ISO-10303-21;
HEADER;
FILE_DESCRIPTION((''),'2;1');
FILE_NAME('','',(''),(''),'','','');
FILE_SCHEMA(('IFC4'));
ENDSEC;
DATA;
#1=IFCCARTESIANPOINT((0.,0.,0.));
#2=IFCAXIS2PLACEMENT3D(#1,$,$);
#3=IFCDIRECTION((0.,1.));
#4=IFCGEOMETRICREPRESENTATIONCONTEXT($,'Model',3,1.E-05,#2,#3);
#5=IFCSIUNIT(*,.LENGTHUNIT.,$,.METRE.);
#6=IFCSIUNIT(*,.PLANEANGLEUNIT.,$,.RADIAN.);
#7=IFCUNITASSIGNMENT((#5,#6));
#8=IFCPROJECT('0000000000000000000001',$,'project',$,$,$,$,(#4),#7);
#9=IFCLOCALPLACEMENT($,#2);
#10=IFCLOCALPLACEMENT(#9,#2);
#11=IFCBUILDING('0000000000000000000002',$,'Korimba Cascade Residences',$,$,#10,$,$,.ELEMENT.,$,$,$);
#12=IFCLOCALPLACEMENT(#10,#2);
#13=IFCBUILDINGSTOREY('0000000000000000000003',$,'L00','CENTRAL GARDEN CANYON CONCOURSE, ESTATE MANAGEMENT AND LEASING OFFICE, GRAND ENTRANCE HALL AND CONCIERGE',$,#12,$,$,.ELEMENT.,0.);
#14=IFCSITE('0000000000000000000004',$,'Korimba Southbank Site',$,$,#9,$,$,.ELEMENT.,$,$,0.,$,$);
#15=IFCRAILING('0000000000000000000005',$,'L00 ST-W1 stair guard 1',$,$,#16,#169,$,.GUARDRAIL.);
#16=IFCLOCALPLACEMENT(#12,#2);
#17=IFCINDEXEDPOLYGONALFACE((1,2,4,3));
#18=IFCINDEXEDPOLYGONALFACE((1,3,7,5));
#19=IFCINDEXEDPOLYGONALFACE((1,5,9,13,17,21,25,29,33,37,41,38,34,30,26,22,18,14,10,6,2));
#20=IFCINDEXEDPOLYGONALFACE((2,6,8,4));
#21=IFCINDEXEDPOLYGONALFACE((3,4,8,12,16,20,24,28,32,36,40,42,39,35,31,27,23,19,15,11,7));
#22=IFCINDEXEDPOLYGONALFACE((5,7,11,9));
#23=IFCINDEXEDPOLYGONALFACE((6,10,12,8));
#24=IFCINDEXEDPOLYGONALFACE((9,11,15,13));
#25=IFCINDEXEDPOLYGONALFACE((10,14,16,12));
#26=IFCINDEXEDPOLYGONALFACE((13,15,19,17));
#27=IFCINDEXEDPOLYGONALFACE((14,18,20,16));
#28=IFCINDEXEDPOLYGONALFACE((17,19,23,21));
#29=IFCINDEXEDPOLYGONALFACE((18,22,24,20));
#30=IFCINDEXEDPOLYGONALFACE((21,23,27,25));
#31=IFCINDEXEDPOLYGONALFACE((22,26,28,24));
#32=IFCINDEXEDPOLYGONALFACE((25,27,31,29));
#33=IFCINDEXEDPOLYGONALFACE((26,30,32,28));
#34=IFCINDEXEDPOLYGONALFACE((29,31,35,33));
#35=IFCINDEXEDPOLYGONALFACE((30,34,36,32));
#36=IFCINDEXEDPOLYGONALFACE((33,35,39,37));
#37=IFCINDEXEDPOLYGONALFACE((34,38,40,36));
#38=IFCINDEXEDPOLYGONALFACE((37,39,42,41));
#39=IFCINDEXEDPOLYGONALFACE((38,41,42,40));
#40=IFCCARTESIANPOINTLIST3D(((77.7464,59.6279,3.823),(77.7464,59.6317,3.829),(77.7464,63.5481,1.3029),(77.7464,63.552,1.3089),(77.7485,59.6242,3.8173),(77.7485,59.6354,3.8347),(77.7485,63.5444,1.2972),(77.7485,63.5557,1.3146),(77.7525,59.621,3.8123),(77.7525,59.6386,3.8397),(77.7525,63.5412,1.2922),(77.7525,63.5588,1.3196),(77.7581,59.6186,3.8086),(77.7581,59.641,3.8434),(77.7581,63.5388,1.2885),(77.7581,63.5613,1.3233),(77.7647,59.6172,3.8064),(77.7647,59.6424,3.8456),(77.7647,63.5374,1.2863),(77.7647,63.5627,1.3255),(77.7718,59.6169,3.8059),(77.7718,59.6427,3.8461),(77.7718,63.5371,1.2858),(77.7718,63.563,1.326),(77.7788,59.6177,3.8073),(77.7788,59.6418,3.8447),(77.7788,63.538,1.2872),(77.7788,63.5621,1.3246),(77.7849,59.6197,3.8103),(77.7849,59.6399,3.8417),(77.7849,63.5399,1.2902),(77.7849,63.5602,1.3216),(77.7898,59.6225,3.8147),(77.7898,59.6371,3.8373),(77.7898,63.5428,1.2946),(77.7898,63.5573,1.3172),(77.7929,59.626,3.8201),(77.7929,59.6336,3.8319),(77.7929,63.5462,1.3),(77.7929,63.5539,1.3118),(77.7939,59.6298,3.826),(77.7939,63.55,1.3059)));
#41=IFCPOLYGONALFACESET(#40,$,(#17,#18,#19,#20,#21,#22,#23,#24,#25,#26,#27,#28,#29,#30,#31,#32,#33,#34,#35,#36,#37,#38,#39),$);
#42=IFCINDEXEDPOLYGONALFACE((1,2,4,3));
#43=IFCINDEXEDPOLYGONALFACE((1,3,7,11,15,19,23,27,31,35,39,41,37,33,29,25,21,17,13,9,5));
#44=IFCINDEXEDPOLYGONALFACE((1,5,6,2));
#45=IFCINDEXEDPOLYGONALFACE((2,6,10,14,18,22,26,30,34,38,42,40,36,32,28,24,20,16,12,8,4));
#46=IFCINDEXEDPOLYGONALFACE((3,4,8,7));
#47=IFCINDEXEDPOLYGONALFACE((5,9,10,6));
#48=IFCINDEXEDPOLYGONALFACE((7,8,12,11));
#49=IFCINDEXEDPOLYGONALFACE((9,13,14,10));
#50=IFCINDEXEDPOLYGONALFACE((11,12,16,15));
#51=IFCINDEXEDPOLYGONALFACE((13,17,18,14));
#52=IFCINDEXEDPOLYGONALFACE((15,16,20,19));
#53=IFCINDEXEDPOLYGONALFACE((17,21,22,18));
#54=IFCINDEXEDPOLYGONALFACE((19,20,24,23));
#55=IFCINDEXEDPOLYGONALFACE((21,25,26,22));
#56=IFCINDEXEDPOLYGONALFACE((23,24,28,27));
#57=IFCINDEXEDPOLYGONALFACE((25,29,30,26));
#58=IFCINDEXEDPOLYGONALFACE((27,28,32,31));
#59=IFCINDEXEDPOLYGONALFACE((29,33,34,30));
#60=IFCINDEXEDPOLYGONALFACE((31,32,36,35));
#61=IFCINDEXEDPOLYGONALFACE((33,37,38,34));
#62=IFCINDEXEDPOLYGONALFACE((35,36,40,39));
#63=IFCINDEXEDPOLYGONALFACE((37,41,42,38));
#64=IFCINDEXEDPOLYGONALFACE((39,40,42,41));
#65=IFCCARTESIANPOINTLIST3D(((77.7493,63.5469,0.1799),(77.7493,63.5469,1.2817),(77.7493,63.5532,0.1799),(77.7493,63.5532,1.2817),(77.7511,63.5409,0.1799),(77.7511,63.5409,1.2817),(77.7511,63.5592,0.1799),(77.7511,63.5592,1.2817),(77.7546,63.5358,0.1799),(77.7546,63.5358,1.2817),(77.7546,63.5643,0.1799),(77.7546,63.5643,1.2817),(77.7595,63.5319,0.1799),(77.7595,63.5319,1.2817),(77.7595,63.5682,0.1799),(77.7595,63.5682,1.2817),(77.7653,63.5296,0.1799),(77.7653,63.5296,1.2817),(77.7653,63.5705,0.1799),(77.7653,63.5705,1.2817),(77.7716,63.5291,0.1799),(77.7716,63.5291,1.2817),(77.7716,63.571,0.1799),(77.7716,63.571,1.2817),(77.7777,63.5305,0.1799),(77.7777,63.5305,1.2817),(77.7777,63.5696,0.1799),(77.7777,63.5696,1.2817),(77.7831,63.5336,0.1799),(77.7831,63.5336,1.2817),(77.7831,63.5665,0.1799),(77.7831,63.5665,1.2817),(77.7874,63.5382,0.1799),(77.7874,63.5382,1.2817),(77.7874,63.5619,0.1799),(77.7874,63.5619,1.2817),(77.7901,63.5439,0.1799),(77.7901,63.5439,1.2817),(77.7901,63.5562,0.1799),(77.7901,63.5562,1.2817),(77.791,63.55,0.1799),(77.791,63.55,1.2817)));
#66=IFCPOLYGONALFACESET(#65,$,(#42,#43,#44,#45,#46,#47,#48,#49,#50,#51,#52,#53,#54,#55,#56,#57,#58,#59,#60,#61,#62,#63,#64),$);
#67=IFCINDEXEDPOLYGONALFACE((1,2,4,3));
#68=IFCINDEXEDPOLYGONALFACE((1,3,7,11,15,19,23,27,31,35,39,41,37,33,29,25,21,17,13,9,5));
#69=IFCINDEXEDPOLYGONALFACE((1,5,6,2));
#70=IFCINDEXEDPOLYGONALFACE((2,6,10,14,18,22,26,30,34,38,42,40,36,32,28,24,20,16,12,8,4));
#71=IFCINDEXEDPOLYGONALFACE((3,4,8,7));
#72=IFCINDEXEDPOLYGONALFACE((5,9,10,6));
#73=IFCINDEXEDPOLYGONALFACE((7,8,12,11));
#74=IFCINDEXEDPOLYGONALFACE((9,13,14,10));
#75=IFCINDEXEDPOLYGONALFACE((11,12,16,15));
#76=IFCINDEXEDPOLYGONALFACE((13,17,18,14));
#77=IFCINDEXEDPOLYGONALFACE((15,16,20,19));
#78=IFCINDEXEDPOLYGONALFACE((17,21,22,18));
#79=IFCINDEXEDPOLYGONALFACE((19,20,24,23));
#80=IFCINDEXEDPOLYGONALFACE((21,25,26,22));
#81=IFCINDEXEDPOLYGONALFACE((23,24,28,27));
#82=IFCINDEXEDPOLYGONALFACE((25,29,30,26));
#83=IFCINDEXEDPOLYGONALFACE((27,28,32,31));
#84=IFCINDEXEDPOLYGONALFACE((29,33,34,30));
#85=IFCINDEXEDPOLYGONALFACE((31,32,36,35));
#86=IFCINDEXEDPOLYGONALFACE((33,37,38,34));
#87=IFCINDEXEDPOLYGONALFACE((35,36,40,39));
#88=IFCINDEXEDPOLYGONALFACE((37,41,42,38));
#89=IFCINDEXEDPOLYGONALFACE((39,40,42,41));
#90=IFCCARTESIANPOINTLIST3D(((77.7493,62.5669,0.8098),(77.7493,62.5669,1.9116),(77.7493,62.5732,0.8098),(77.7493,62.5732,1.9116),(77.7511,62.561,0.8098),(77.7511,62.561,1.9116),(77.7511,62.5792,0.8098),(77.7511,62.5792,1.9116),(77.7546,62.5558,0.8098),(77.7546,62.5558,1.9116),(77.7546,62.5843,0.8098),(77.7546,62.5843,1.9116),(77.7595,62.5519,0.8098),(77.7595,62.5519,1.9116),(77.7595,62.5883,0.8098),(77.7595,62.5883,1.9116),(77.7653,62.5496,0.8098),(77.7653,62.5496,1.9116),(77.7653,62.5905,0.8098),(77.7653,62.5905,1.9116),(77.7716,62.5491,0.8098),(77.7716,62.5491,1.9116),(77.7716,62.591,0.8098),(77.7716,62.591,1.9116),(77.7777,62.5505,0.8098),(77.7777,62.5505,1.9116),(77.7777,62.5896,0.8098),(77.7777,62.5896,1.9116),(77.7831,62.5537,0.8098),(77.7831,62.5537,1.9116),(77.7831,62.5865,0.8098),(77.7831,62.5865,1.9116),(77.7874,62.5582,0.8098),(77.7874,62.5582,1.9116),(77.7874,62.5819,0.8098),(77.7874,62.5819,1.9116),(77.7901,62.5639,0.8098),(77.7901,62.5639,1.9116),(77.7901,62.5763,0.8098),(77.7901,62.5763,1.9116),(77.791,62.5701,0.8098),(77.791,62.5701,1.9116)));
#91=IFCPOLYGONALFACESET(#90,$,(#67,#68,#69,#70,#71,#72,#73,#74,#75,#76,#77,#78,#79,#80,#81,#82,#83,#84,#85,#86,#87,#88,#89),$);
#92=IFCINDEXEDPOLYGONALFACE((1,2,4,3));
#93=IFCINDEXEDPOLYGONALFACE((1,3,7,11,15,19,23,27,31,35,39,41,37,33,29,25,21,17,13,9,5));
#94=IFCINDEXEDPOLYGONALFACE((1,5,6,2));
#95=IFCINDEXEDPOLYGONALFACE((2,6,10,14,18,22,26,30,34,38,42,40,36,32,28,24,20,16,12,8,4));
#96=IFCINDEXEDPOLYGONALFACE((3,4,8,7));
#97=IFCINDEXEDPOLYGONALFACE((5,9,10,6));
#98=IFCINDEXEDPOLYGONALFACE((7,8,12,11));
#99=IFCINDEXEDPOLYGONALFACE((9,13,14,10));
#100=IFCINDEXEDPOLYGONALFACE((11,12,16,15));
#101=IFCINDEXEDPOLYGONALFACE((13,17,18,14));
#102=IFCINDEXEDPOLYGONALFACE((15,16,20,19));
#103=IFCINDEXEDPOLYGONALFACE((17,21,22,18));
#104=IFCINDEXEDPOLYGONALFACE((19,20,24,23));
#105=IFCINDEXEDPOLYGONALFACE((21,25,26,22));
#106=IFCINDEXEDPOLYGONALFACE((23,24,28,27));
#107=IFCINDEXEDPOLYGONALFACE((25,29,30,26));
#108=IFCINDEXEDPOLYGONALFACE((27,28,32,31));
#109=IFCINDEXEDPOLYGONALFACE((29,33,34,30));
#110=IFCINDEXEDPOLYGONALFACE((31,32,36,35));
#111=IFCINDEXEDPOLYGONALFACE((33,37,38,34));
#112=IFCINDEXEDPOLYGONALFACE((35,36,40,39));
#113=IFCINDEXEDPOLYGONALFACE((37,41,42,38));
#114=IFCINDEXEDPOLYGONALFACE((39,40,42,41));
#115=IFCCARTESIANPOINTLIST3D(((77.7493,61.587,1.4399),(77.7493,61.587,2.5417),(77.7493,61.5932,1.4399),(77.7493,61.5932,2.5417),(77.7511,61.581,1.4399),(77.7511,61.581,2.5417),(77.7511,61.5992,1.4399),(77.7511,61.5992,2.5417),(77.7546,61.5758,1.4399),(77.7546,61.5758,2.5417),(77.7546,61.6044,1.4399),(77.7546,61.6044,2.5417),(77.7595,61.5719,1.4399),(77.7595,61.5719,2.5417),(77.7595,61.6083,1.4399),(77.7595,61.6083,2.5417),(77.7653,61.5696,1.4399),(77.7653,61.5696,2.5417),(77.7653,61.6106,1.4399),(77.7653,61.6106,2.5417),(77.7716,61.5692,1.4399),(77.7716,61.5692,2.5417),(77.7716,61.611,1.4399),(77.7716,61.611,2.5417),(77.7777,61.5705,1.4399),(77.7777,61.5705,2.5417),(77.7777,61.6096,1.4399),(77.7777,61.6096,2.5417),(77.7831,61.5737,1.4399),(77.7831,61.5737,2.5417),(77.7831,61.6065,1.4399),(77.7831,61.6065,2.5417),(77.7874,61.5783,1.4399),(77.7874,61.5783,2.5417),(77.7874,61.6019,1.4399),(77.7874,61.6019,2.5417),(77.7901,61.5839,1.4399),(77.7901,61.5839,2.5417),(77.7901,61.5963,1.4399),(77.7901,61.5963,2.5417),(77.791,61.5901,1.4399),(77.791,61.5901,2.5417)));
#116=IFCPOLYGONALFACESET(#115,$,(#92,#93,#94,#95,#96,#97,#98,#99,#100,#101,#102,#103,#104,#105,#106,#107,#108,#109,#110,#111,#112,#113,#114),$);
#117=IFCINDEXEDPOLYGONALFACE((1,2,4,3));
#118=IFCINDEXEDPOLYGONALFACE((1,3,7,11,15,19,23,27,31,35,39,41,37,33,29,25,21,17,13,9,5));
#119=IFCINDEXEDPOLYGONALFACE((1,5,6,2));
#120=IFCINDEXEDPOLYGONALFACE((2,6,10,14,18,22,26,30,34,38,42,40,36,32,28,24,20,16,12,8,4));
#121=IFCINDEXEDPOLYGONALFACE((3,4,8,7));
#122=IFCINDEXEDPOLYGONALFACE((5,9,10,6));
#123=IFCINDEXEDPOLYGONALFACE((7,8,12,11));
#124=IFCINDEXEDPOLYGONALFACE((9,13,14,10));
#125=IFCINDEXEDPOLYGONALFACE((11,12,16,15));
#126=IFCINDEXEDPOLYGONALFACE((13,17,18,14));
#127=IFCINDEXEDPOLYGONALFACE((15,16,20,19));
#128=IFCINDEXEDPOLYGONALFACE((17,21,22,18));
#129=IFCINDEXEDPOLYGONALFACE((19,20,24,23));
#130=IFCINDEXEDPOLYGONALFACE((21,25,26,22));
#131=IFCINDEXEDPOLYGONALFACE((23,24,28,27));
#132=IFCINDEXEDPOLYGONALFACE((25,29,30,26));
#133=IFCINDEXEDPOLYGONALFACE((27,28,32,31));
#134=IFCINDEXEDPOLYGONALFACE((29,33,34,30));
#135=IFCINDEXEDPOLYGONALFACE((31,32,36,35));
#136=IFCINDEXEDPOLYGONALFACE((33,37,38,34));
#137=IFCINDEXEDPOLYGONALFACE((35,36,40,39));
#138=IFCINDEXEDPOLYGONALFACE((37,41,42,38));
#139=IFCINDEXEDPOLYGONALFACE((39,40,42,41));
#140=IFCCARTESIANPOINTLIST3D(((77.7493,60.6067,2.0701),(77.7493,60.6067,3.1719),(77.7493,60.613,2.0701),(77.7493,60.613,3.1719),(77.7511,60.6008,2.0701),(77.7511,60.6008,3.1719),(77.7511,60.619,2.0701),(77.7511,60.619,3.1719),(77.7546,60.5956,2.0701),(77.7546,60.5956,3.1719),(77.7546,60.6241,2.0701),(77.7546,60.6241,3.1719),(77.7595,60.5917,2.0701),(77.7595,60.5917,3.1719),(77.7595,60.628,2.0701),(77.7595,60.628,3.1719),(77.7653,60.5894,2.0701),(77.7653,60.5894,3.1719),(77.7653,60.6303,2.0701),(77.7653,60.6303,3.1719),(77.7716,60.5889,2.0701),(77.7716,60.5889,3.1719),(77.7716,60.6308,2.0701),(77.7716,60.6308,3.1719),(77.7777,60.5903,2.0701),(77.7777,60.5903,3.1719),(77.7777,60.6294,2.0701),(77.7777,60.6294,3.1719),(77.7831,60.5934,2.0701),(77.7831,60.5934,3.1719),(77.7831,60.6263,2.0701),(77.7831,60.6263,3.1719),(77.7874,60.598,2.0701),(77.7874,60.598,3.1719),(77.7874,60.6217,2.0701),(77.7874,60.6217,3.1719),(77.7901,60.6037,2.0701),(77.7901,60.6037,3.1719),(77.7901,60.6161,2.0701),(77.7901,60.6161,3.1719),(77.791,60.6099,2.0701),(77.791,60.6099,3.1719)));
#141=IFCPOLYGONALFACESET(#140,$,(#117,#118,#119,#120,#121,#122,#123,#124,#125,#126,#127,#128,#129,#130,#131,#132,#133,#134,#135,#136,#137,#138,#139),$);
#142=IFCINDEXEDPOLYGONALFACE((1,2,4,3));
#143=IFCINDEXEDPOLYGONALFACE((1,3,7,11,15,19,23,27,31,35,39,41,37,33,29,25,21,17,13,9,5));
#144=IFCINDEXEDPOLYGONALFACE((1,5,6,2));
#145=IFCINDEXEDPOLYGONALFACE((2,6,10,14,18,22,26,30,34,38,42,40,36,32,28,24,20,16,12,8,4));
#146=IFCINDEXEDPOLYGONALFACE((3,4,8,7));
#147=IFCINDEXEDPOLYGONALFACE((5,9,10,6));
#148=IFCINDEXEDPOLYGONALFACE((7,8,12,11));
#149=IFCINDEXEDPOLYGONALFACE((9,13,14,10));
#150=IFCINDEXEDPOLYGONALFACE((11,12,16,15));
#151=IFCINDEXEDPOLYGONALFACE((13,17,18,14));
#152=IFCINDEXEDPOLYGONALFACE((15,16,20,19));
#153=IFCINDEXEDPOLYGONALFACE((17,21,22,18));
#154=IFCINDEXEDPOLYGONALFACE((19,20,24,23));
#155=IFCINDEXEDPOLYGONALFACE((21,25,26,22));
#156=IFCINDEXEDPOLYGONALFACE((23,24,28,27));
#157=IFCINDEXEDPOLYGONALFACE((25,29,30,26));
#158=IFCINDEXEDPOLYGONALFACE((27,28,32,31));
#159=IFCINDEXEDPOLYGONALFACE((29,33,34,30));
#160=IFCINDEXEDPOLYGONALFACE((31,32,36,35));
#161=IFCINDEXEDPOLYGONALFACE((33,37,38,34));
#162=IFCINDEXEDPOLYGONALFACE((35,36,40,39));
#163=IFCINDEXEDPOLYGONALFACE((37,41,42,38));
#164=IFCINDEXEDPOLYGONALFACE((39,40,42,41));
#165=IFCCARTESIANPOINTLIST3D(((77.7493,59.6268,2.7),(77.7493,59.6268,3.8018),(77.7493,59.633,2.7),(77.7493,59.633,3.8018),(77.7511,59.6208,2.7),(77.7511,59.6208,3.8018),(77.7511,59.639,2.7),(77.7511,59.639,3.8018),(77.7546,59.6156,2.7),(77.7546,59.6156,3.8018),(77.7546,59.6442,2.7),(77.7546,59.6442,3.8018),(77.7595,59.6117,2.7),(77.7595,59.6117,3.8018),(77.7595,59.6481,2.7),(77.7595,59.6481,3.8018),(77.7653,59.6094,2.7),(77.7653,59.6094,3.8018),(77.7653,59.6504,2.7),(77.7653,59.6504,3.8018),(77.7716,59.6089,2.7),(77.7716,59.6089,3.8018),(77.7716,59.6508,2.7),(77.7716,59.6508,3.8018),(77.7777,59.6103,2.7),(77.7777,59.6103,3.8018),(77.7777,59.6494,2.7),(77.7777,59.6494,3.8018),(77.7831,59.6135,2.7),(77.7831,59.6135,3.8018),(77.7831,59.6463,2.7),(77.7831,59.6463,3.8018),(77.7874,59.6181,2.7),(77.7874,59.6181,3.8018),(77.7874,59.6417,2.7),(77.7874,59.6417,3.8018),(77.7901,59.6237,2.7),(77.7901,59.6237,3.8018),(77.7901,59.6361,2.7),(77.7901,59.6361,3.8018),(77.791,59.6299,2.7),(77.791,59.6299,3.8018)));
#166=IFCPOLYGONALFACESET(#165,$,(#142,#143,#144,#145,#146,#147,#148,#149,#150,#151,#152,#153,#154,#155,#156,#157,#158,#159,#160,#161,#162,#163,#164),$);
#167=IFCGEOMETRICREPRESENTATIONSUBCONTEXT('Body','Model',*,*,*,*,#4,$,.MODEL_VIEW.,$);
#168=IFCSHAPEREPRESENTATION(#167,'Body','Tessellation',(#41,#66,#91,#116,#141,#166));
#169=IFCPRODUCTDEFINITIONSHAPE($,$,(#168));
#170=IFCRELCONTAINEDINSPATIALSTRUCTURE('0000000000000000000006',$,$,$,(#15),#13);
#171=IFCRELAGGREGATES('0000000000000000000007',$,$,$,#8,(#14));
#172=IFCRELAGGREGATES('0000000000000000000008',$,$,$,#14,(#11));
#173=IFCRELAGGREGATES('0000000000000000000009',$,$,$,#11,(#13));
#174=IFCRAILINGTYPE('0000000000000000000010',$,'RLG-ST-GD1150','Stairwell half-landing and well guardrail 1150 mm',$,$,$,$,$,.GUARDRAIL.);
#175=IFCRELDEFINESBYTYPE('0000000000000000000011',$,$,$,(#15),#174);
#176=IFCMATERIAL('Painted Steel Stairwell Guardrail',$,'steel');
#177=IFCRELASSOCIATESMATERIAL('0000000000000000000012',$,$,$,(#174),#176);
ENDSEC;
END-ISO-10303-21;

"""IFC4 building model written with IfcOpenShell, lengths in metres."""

from ifc_helpers import new_model, si_unit, direction, frame, origin, origin_2d, place, context, subcontext, project, spatial, circle, extrude, material, type_object, element, save


model = new_model("IFC4")

# Units and contexts
model_context = context("Model", 3, precision=1e-05, world=origin(), true_north=direction((0.0, 1.0)))
body_context = subcontext(model_context, "Body", "Model", "MODEL_VIEW")
ifc_project = project(units=[si_unit("LENGTHUNIT", "METRE"), si_unit("PLANEANGLEUNIT", "RADIAN")], contexts=[model_context])

# Site, building, storey
site_placement = place(None, origin())
site = spatial("IfcSite", under=ifc_project, at=site_placement, Name="Korimba Southbank Site", CompositionType="ELEMENT", RefElevation=0.0)
building_placement = place(site_placement, origin())
building = spatial("IfcBuilding", under=site, at=building_placement, Name="Korimba Cascade Residences", CompositionType="ELEMENT")
storey_placement = place(building_placement, origin())
storey = spatial("IfcBuildingStorey", under=building, at=storey_placement, Name="L00", Description="CENTRAL GARDEN CANYON CONCOURSE, ESTATE MANAGEMENT AND LEASING OFFICE, GRAND ENTRANCE HALL AND CONCIERGE", CompositionType="ELEMENT", Elevation=0.0)

# Railing
ifc_material_1 = material(Name="Painted Steel Stairwell Guardrail", Category="steel")
railing_type_1 = type_object("IfcRailingType", Name="RLG-ST-GD1150", Description="Stairwell half-landing and well guardrail 1150 mm", PredefinedType="GUARDRAIL", material=ifc_material_1)
railing_1_placement = place(storey_placement, frame((77.77, 63.55, 0.1799)))
element("IfcRailing", 1, at=railing_1_placement, inside=storey, type_object=railing_type_1, Name="L00 ST-W1 stair guard 1", PredefinedType="GUARDRAIL", context=body_context, shape_type="SweptSolid", body=[
    extrude(circle(Radius=0.0239, at=origin_2d()), frame((0.0, 0.0, 1.126), z_axis=(0.0, -0.841187, 0.540744), x_axis=(1.0, 0.0, 0.0)), (0.0, 0.0, 1.0), 4.6604),
    extrude(circle(Radius=0.021, at=origin_2d()), origin(), (0.0, 0.0, 1.0), 1.1018),
    extrude(circle(Radius=0.021, at=origin_2d()), frame((0.0, -0.98, 0.6299)), (0.0, 0.0, 1.0), 1.1018),
    extrude(circle(Radius=0.021, at=origin_2d()), frame((0.0, -1.96, 1.26)), (0.0, 0.0, 1.0), 1.1018),
    extrude(circle(Radius=0.021, at=origin_2d()), frame((0.0, -2.9402, 1.8901)), (0.0, 0.0, 1.0), 1.1018),
    extrude(circle(Radius=0.021, at=origin_2d()), frame((0.0, -3.9202, 2.52)), (0.0, 0.0, 1.0), 1.1018),
])

save(model, "model.ifc")
